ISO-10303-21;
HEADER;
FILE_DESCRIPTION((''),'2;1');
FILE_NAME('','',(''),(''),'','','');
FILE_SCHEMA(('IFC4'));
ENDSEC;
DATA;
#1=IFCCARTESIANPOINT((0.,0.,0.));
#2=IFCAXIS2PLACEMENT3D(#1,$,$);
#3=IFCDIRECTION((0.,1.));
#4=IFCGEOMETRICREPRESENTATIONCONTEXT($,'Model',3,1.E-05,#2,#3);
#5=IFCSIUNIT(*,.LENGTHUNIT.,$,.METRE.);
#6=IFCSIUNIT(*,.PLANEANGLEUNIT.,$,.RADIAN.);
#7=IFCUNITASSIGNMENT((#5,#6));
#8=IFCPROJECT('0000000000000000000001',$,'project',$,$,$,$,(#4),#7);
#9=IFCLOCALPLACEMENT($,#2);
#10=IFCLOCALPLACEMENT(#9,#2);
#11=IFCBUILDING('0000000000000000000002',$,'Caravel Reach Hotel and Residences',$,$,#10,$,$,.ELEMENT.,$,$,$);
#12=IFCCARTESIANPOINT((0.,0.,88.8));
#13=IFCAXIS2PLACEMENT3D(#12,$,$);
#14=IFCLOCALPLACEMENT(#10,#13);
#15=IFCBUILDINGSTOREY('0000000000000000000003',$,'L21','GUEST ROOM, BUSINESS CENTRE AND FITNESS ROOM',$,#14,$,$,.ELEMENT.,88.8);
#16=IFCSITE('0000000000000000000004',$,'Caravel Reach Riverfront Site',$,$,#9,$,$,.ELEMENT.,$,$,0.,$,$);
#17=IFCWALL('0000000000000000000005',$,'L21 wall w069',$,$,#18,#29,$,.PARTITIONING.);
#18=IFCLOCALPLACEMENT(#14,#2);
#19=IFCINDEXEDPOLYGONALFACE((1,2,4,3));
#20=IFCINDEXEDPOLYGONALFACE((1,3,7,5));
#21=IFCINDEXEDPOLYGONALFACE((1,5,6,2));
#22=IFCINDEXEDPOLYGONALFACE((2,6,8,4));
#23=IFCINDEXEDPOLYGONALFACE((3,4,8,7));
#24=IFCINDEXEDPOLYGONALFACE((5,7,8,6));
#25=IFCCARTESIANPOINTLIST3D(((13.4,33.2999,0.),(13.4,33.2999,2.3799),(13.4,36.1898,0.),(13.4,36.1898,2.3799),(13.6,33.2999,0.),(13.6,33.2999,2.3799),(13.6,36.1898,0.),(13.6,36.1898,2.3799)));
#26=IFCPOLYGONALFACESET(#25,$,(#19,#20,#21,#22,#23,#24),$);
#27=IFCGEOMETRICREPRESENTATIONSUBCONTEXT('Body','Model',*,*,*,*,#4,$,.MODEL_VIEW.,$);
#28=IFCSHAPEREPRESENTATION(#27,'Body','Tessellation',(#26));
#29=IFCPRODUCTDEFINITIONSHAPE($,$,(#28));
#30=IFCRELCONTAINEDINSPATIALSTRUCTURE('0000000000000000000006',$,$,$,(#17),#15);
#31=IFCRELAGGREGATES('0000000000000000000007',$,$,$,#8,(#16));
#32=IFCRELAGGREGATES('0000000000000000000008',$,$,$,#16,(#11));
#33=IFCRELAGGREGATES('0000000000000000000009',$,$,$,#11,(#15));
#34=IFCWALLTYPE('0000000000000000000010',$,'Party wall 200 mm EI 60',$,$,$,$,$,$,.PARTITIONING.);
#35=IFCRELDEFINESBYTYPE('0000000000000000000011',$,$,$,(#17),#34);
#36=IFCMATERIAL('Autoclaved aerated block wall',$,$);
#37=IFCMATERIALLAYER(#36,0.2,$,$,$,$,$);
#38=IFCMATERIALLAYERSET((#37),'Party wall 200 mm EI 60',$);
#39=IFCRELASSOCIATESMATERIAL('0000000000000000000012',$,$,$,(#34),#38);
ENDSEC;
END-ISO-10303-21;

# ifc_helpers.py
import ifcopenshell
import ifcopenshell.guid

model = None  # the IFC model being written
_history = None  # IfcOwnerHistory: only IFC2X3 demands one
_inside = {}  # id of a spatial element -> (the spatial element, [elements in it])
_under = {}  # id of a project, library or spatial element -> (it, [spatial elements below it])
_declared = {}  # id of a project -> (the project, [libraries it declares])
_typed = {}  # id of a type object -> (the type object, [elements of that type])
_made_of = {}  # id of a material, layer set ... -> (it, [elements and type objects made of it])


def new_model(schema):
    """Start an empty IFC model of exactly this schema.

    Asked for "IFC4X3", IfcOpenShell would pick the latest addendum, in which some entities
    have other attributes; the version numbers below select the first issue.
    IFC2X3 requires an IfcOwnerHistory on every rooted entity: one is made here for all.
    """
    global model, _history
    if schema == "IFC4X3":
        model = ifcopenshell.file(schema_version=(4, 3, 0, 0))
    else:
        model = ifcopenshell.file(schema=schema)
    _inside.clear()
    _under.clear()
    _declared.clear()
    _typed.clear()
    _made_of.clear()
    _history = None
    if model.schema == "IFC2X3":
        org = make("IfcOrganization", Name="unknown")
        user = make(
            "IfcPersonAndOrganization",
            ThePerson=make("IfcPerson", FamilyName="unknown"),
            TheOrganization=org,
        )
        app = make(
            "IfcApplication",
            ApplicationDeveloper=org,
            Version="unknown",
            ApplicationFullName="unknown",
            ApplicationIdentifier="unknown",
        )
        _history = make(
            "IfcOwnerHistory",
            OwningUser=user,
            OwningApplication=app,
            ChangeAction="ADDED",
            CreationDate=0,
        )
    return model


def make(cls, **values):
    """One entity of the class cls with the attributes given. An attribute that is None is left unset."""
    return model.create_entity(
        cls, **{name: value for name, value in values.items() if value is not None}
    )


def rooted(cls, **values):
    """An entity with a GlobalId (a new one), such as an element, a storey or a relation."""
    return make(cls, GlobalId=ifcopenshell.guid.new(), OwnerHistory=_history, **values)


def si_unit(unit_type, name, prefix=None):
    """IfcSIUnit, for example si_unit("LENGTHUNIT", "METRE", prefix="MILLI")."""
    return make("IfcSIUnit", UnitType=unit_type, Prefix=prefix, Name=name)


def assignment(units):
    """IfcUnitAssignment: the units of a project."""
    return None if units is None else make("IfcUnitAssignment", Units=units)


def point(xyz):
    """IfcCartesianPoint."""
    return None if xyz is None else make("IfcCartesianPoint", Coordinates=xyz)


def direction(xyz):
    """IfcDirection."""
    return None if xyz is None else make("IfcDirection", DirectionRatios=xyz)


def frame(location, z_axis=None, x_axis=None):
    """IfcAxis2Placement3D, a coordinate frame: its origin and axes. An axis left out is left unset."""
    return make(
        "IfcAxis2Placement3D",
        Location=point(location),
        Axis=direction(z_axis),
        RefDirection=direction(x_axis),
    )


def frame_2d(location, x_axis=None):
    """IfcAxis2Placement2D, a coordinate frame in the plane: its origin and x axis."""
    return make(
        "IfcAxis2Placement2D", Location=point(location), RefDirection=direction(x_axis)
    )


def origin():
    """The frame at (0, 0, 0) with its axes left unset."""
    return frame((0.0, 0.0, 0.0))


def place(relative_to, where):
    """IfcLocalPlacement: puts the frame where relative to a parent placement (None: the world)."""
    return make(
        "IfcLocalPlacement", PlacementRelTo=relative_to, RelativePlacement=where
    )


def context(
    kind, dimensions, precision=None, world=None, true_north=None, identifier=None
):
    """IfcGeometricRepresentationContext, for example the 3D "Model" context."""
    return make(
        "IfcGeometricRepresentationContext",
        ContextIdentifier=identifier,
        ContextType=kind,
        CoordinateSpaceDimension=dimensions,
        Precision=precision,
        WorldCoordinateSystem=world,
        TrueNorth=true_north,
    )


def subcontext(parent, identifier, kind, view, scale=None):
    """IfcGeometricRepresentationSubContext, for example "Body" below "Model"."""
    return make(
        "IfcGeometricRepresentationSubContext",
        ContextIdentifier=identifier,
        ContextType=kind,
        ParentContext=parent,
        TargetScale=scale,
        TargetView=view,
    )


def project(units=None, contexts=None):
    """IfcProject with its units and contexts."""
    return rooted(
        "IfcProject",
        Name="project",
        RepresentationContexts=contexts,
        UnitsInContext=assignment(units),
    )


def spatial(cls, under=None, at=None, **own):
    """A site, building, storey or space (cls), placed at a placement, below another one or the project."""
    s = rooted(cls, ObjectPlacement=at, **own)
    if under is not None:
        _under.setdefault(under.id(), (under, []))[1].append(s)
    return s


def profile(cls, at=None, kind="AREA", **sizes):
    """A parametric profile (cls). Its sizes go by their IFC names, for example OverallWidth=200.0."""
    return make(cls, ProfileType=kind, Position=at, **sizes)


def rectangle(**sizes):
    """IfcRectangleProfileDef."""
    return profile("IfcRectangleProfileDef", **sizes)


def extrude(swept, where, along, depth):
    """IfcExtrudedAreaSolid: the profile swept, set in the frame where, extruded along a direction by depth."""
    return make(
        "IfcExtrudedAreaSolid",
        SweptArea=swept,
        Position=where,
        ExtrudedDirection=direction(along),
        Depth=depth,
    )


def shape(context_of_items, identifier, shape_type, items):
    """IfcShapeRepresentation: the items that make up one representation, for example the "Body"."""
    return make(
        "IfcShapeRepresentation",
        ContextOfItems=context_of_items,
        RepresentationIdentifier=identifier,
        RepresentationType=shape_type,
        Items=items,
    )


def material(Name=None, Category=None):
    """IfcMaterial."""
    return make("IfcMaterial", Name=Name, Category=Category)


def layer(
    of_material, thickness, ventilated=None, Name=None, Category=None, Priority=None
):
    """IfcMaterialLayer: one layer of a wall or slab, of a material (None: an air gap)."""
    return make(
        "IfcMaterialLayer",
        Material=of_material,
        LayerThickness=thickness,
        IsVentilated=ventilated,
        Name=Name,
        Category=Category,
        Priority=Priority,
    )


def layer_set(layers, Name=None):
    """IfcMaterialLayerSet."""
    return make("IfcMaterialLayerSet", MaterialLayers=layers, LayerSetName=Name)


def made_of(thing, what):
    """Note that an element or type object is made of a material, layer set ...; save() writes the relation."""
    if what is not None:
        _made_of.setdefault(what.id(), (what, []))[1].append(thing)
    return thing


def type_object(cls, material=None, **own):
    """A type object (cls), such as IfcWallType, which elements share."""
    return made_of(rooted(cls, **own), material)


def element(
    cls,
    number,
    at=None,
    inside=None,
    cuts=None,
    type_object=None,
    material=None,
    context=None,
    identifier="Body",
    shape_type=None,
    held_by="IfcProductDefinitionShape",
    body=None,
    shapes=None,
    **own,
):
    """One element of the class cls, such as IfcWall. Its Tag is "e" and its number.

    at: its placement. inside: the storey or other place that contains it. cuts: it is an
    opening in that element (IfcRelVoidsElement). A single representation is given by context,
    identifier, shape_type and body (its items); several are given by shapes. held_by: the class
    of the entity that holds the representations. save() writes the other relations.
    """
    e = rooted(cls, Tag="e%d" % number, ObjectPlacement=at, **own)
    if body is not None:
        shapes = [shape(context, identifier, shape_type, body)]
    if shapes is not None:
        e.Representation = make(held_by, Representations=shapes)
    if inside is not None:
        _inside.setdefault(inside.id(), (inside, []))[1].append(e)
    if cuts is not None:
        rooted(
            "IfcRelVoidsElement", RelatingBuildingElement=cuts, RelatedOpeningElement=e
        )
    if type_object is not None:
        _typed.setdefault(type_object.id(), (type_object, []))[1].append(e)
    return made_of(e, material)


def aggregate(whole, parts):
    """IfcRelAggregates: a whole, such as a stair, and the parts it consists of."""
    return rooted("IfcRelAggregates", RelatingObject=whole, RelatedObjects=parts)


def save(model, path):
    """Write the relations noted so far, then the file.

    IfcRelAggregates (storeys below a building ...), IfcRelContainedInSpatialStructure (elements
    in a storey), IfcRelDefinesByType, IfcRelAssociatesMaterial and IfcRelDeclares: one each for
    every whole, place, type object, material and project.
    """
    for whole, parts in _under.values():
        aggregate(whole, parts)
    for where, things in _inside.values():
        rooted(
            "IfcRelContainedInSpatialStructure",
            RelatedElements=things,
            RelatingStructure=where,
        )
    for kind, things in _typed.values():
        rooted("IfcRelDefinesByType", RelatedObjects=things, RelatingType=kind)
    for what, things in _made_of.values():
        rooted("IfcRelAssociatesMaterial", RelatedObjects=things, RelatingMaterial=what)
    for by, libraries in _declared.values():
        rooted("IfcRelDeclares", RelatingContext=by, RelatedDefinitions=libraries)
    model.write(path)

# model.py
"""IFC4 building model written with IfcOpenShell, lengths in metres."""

from ifc_helpers import new_model, si_unit, direction, frame, frame_2d, origin, place, context, subcontext, project, spatial, rectangle, extrude, material, layer, layer_set, type_object, element, save


model = new_model("IFC4")

# Units and contexts
model_context = context("Model", 3, precision=1e-05, world=origin(), true_north=direction((0.0, 1.0)))
body_context = subcontext(model_context, "Body", "Model", "MODEL_VIEW")
ifc_project = project(units=[si_unit("LENGTHUNIT", "METRE"), si_unit("PLANEANGLEUNIT", "RADIAN")], contexts=[model_context])

# Site, building, storey
site_placement = place(None, origin())
site = spatial("IfcSite", under=ifc_project, at=site_placement, Name="Caravel Reach Riverfront Site", CompositionType="ELEMENT", RefElevation=0.0)
building_placement = place(site_placement, origin())
building = spatial("IfcBuilding", under=site, at=building_placement, Name="Caravel Reach Hotel and Residences", CompositionType="ELEMENT")
storey_placement = place(building_placement, frame((0.0, 0.0, 88.8)))
storey = spatial("IfcBuildingStorey", under=building, at=storey_placement, Name="L21", Description="GUEST ROOM, BUSINESS CENTRE AND FITNESS ROOM", CompositionType="ELEMENT", Elevation=88.8)

# Wall
ifc_material_1 = material(Name="Autoclaved aerated block wall")
ifc_layer_1 = layer(ifc_material_1, 0.2)
ifc_layer_set_1 = layer_set([ifc_layer_1], Name="Party wall 200 mm EI 60")
wall_type_1 = type_object("IfcWallType", Name="Party wall 200 mm EI 60", PredefinedType="PARTITIONING", material=ifc_layer_set_1)
wall_1_placement = place(storey_placement, frame((13.5, 33.3, 0.0), z_axis=(0.0, 0.0, 1.0), x_axis=(0.0, 1.0, 0.0)))
element("IfcWall", 1, at=wall_1_placement, inside=storey, type_object=wall_type_1, Name="L21 wall w069", PredefinedType="PARTITIONING", context=body_context, shape_type="SweptSolid", body=[
    extrude(rectangle(XDim=2.8899, YDim=0.2, at=frame_2d((1.4448, 0.0))), origin(), (0.0, 0.0, 1.0), 2.3799),
])

save(model, "model.ifc")
